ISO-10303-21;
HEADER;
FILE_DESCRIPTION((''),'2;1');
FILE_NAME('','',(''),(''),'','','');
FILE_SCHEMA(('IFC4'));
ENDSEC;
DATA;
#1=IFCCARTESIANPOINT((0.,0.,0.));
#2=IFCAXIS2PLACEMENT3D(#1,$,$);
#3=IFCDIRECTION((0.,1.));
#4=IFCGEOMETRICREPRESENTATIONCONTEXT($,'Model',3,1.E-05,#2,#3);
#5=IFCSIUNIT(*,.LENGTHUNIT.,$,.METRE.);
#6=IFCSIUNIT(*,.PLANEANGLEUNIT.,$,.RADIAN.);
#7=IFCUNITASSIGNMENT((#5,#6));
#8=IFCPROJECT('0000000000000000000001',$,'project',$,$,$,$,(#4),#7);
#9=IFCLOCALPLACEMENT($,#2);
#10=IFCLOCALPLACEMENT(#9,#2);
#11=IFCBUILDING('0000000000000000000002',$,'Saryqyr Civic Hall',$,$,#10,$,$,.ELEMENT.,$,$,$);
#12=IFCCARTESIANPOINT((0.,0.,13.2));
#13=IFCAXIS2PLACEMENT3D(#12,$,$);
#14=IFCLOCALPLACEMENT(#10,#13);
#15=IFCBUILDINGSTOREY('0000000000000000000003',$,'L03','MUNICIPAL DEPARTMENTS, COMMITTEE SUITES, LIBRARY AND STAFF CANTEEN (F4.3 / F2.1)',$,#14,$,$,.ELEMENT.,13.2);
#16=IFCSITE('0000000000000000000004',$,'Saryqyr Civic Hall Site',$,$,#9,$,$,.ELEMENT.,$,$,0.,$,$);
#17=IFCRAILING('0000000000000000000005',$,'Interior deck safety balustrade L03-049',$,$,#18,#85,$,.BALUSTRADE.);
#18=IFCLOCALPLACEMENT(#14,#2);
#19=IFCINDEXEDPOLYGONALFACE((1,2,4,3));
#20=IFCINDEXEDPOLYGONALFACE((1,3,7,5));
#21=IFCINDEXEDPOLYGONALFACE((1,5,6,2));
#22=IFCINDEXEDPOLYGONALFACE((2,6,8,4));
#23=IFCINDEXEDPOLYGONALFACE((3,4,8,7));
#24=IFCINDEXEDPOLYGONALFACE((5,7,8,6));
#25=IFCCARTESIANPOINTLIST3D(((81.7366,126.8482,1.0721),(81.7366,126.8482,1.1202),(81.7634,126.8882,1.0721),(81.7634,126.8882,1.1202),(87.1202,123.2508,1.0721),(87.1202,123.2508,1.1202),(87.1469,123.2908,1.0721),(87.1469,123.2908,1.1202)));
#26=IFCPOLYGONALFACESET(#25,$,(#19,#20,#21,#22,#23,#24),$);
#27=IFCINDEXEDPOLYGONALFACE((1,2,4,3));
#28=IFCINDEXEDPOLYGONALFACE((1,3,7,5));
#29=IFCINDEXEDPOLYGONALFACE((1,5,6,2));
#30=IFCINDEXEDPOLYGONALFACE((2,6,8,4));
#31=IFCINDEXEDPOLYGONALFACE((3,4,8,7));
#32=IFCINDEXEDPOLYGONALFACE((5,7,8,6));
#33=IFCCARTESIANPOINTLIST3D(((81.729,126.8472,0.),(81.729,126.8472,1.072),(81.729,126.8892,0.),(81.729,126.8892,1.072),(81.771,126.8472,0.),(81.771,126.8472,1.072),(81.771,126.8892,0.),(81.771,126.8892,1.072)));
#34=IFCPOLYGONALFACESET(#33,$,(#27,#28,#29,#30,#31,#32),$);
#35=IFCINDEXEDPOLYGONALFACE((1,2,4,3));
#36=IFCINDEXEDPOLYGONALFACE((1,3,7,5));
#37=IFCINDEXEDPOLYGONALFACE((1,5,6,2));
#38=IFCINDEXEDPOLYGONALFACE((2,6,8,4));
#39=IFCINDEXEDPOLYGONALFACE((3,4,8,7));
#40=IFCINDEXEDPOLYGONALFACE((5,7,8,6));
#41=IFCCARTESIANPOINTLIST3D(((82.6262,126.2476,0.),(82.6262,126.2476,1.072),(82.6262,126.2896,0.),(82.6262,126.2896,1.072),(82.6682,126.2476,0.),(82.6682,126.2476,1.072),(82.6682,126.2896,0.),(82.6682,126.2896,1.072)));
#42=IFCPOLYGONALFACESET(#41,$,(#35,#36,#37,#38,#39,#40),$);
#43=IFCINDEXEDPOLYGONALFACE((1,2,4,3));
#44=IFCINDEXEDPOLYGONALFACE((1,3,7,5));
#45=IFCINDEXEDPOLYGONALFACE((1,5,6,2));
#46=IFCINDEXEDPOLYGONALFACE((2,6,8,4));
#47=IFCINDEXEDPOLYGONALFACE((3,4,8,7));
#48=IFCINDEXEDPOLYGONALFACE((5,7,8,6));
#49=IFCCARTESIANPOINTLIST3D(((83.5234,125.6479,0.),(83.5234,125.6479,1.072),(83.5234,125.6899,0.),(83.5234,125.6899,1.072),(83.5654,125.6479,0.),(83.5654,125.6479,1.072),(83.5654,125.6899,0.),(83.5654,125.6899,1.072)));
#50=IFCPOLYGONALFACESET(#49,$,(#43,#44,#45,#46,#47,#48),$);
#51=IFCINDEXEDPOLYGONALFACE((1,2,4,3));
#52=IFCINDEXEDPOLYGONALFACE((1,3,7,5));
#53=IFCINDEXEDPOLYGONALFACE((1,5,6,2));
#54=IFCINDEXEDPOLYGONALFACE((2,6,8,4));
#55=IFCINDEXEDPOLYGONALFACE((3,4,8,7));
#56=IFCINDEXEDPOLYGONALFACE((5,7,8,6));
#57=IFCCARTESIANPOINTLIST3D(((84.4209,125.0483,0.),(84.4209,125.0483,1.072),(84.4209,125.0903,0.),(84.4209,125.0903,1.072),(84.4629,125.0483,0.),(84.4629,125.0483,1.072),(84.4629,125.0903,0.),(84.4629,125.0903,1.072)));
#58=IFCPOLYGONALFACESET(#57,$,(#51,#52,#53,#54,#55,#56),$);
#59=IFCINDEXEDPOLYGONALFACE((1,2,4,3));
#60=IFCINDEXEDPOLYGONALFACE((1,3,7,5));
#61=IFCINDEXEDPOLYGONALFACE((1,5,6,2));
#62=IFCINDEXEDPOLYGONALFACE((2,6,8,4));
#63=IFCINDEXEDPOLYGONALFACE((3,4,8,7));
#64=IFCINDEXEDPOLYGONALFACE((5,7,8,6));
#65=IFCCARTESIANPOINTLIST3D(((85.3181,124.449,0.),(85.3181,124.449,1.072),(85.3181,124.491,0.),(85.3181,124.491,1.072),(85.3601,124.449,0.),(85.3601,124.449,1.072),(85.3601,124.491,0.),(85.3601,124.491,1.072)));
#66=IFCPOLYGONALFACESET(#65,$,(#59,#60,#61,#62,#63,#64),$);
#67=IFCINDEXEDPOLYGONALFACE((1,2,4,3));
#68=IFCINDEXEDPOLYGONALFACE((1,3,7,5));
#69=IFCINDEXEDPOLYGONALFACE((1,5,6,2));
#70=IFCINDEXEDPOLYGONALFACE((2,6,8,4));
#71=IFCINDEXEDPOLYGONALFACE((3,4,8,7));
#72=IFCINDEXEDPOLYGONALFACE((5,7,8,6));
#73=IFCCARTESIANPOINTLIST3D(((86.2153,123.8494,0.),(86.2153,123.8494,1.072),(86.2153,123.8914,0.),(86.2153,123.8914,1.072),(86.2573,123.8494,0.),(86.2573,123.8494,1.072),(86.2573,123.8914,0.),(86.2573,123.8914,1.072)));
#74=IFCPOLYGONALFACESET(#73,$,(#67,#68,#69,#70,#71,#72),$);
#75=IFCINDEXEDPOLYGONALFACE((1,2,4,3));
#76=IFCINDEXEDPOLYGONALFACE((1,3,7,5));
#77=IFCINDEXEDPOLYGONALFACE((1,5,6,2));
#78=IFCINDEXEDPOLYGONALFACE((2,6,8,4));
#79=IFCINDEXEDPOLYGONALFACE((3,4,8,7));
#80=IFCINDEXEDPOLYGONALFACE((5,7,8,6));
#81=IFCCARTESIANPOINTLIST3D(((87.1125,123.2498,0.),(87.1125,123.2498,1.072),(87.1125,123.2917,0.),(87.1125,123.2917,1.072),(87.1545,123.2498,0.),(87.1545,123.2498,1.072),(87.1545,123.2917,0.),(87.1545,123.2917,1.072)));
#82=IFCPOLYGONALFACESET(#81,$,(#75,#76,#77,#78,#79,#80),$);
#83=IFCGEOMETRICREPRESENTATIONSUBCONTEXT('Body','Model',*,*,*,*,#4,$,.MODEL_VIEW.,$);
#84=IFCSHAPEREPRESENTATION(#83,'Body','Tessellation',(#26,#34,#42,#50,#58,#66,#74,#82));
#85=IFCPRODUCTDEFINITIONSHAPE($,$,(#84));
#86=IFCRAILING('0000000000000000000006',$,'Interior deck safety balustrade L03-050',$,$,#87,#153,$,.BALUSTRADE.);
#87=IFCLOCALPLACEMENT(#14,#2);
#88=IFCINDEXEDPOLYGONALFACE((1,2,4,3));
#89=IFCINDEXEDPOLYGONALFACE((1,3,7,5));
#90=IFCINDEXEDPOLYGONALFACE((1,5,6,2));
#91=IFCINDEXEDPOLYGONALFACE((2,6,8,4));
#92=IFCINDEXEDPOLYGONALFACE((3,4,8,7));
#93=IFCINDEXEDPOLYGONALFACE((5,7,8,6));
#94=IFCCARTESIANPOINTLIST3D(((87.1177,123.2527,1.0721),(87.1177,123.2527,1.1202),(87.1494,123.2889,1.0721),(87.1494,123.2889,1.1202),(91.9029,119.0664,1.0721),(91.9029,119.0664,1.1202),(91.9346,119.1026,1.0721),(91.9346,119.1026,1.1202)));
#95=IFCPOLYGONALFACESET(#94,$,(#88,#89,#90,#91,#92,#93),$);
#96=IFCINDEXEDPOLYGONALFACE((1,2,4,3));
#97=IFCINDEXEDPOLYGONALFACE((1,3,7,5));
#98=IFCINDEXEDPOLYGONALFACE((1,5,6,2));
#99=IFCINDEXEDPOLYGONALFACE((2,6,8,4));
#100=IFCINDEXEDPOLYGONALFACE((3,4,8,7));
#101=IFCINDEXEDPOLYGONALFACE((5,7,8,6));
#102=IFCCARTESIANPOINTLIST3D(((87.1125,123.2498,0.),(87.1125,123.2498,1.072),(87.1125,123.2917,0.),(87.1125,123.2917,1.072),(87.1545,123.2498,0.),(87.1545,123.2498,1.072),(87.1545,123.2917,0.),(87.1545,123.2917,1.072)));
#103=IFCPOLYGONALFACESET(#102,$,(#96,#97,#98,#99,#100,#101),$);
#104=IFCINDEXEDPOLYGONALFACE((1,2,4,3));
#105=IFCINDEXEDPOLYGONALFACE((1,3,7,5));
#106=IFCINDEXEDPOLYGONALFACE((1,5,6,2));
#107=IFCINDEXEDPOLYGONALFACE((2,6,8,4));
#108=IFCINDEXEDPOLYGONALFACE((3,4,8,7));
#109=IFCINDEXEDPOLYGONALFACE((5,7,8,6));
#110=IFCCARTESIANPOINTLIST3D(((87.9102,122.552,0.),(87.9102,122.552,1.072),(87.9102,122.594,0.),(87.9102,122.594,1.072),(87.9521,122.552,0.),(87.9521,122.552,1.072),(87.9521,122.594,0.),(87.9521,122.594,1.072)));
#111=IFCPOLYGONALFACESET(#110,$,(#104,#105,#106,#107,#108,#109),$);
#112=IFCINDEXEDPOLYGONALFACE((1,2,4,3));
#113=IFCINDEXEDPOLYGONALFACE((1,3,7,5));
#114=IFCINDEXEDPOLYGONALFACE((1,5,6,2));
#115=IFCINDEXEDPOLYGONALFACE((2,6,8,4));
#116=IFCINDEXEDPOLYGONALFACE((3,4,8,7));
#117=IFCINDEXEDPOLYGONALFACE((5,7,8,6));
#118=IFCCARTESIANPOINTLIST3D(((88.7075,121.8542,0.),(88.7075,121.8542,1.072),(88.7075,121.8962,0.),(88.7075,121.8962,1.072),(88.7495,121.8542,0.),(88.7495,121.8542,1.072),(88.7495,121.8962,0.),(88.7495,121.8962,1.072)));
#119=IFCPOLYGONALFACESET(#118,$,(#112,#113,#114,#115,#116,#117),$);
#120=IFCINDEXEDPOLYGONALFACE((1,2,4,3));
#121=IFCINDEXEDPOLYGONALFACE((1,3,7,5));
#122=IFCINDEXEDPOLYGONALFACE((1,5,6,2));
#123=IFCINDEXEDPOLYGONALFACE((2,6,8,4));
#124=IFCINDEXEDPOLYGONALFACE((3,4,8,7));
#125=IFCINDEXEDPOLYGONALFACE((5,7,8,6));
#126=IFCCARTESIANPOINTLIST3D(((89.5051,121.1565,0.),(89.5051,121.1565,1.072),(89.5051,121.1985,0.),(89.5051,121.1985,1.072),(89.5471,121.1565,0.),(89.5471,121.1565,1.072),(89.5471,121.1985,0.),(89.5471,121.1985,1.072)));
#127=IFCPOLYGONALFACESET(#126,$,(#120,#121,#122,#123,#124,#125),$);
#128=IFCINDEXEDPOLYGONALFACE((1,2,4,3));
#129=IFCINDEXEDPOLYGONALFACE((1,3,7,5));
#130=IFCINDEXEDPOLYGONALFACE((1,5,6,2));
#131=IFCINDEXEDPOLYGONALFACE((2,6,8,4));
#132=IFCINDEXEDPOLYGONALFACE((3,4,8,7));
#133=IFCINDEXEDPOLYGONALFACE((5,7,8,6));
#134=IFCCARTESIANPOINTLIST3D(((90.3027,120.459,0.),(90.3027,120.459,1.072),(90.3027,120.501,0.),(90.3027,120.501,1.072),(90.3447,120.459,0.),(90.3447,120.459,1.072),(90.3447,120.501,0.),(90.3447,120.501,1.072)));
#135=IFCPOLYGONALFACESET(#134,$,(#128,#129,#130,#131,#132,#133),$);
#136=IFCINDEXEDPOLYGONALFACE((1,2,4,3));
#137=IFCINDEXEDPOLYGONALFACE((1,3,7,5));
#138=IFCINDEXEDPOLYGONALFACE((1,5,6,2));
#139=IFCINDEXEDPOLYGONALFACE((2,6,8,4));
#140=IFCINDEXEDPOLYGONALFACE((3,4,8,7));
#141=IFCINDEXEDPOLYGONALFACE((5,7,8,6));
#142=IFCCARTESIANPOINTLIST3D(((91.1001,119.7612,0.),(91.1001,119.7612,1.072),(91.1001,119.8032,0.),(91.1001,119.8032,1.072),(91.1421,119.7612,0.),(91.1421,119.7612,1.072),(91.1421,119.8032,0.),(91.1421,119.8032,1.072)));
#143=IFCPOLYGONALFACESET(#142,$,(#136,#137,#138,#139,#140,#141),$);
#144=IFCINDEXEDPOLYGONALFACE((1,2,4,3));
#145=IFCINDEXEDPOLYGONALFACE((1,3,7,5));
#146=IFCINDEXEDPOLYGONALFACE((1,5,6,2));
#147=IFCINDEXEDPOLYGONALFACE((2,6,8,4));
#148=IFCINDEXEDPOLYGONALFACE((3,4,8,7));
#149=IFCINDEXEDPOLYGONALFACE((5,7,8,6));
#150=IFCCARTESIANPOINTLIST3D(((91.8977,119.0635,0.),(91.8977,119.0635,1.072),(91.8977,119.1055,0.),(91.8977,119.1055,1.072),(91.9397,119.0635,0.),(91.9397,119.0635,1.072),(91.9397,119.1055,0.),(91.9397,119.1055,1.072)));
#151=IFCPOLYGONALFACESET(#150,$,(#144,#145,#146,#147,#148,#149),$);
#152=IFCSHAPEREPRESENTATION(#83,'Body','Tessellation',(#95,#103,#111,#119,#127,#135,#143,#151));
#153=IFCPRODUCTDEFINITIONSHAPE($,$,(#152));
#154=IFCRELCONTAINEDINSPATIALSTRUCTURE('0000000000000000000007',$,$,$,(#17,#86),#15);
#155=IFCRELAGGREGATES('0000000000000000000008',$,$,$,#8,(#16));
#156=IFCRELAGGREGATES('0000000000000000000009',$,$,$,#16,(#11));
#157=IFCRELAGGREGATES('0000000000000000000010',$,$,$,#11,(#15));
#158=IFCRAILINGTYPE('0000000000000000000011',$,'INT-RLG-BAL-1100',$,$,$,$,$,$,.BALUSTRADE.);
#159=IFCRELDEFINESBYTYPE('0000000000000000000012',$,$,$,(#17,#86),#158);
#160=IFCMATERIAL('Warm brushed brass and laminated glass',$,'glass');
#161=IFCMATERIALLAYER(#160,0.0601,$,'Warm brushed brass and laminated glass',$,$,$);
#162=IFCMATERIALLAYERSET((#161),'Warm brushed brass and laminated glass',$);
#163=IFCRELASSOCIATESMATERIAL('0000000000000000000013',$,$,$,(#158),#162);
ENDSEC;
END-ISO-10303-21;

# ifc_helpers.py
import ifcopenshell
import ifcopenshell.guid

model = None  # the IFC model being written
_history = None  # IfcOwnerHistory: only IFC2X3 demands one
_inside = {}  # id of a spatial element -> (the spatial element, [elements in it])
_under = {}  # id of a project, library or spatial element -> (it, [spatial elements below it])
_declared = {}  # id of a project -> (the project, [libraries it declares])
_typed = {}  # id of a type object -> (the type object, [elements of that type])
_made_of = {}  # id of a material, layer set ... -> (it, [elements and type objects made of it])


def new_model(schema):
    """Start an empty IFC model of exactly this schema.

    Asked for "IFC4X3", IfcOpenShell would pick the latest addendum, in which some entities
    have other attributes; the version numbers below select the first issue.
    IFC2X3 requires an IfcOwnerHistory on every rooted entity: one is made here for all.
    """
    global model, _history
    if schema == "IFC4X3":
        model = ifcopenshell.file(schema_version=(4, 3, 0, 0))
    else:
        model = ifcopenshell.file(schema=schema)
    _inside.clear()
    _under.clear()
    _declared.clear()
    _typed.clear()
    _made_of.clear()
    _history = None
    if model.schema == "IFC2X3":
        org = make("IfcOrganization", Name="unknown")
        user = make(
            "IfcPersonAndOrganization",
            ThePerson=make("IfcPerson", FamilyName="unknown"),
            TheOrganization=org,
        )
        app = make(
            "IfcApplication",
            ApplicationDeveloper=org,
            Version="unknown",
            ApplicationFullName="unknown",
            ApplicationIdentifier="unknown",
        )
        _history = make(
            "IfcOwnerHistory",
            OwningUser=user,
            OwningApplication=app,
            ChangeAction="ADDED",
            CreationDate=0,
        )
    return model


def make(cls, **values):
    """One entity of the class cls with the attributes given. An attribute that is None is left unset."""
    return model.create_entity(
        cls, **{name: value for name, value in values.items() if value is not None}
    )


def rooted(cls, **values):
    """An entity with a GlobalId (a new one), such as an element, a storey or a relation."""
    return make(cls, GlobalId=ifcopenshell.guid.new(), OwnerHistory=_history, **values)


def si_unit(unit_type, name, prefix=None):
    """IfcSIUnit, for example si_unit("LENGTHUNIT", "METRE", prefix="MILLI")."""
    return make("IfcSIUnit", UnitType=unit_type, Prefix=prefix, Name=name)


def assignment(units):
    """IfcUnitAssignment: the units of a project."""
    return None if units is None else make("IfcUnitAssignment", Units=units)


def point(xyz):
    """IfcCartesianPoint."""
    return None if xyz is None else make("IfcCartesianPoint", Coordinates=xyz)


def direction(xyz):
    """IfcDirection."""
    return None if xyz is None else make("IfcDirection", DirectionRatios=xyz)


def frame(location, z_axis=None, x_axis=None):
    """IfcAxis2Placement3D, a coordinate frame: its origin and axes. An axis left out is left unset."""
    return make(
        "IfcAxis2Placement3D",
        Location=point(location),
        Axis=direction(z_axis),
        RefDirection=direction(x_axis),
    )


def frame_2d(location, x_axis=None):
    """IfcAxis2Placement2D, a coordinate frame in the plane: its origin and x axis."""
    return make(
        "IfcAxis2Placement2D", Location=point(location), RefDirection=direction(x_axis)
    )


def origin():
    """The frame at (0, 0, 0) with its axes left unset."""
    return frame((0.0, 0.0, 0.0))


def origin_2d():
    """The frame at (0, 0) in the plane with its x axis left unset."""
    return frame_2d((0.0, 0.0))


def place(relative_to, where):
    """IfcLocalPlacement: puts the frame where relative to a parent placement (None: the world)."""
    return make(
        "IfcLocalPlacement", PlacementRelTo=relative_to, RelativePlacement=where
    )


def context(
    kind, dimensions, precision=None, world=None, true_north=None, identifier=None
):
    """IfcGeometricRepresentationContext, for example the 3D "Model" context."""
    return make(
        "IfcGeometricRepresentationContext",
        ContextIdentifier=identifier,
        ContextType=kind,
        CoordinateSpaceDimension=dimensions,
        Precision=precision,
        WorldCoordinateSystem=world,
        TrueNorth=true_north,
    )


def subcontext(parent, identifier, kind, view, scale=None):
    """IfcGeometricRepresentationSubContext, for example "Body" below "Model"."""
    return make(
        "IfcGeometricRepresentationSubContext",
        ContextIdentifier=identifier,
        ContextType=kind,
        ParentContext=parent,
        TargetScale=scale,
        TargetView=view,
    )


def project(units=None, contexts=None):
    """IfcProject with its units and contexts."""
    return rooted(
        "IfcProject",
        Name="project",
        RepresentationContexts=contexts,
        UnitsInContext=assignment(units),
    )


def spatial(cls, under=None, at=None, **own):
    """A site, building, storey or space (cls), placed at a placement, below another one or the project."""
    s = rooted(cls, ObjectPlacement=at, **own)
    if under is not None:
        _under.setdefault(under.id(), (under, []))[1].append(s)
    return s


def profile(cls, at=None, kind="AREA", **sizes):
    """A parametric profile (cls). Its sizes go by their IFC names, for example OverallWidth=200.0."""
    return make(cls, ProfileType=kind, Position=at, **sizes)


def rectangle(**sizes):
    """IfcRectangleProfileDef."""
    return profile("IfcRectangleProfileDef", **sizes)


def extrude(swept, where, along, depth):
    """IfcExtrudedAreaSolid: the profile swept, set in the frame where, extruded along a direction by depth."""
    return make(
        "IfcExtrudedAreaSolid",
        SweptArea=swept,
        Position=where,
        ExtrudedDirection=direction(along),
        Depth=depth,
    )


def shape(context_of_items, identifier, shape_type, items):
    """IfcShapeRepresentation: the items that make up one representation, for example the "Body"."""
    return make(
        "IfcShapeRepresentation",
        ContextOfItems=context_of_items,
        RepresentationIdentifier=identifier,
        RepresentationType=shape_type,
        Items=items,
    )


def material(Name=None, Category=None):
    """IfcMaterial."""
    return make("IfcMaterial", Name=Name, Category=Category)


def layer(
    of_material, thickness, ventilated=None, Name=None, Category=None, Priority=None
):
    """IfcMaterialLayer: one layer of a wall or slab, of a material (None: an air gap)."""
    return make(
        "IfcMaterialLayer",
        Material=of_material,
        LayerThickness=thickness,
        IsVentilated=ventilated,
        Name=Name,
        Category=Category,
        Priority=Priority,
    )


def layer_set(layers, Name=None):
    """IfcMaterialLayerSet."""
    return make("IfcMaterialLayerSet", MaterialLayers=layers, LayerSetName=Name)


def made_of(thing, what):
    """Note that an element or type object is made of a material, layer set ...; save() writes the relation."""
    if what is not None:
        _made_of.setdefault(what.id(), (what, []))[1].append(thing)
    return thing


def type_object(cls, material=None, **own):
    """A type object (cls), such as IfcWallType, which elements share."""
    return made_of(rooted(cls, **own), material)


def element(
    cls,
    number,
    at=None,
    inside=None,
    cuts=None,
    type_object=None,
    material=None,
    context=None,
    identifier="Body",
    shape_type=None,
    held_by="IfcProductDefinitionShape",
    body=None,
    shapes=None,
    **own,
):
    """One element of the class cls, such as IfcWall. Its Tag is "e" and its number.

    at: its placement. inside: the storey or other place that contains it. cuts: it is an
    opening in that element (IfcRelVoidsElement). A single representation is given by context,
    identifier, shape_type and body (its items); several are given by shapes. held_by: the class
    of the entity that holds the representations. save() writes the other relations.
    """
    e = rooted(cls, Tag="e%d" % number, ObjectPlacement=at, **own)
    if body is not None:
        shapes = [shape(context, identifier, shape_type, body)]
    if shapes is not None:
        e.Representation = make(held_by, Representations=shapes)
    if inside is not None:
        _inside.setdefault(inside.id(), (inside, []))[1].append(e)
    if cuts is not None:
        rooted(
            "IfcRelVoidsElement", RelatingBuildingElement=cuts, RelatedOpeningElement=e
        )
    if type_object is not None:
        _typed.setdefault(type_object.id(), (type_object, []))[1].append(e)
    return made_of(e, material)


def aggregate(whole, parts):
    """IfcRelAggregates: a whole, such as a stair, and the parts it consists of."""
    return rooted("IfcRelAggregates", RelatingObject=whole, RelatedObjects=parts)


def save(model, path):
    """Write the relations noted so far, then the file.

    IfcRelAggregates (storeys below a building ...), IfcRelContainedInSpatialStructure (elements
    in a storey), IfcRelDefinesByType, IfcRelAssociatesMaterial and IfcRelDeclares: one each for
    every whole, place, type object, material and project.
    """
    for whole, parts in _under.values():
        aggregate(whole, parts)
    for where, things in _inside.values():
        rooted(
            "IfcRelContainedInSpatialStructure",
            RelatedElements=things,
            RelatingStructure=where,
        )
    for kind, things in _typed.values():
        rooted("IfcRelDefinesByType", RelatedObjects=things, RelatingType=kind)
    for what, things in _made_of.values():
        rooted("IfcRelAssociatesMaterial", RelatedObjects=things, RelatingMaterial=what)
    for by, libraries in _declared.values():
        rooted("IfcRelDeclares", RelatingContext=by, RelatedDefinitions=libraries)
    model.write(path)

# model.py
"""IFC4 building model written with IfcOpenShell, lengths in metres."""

from ifc_helpers import new_model, si_unit, direction, frame, origin, origin_2d, place, context, subcontext, project, spatial, rectangle, extrude, material, layer, layer_set, type_object, element, save


model = new_model("IFC4")

# Units and contexts
model_context = context("Model", 3, precision=1e-05, world=origin(), true_north=direction((0.0, 1.0)))
body_context = subcontext(model_context, "Body", "Model", "MODEL_VIEW")
ifc_project = project(units=[si_unit("LENGTHUNIT", "METRE"), si_unit("PLANEANGLEUNIT", "RADIAN")], contexts=[model_context])

# Site, building, storey
site_placement = place(None, origin())
site = spatial("IfcSite", under=ifc_project, at=site_placement, Name="Saryqyr Civic Hall Site", CompositionType="ELEMENT", RefElevation=0.0)
building_placement = place(site_placement, origin())
building = spatial("IfcBuilding", under=site, at=building_placement, Name="Saryqyr Civic Hall", CompositionType="ELEMENT")
storey_placement = place(building_placement, frame((0.0, 0.0, 13.2)))
storey = spatial("IfcBuildingStorey", under=building, at=storey_placement, Name="L03", Description="MUNICIPAL DEPARTMENTS, COMMITTEE SUITES, LIBRARY AND STAFF CANTEEN (F4.3 / F2.1)", CompositionType="ELEMENT", Elevation=13.2)

# Railings
ifc_material_1 = material(Name="Warm brushed brass and laminated glass", Category="glass")
ifc_layer_1 = layer(ifc_material_1, 0.0601, Name="Warm brushed brass and laminated glass")
ifc_layer_set_1 = layer_set([ifc_layer_1], Name="Warm brushed brass and laminated glass")
railing_type = type_object("IfcRailingType", Name="INT-RLG-BAL-1100", PredefinedType="BALUSTRADE", material=ifc_layer_set_1)
railing_1_placement = place(storey_placement, frame((81.75, 126.8682, 0.0)))
element("IfcRailing", 1, at=railing_1_placement, inside=storey, type_object=railing_type, Name="Interior deck safety balustrade L03-049", PredefinedType="BALUSTRADE", context=body_context, shape_type="SweptSolid", body=[
    extrude(rectangle(XDim=0.0481, YDim=0.0481, at=origin_2d()), frame((0.0, 0.0, 1.0962), z_axis=(0.831452, -0.555596, 0.0), x_axis=(0.555596, 0.831452, 0.0)), (0.0, 0.0, 1.0), 6.4749),
    extrude(rectangle(XDim=0.042, YDim=0.042, at=origin_2d()), origin(), (0.0, 0.0, 1.0), 1.072),
    extrude(rectangle(XDim=0.042, YDim=0.042, at=origin_2d()), frame((0.8972, -0.5996, 0.0)), (0.0, 0.0, 1.0), 1.072),
    extrude(rectangle(XDim=0.042, YDim=0.042, at=origin_2d()), frame((1.7944, -1.1992, 0.0)), (0.0, 0.0, 1.0), 1.072),
    extrude(rectangle(XDim=0.042, YDim=0.042, at=origin_2d()), frame((2.6919, -1.7988, 0.0)), (0.0, 0.0, 1.0), 1.072),
    extrude(rectangle(XDim=0.042, YDim=0.042, at=origin_2d()), frame((3.5891, -2.3982, 0.0)), (0.0, 0.0, 1.0), 1.072),
    extrude(rectangle(XDim=0.042, YDim=0.042, at=origin_2d()), frame((4.4863, -2.9978, 0.0)), (0.0, 0.0, 1.0), 1.072),
    extrude(rectangle(XDim=0.042, YDim=0.042, at=origin_2d()), frame((5.3835, -3.5974, 0.0)), (0.0, 0.0, 1.0), 1.072),
])
railing_2_placement = place(storey_placement, frame((87.1335, 123.2708, 0.0)))
element("IfcRailing", 2, at=railing_2_placement, inside=storey, type_object=railing_type, Name="Interior deck safety balustrade L03-050", PredefinedType="BALUSTRADE", context=body_context, shape_type="SweptSolid", body=[
    extrude(rectangle(XDim=0.0481, YDim=0.0481, at=origin_2d()), frame((0.0, 0.0, 1.0962), z_axis=(0.752634, -0.658439, 0.0), x_axis=(0.658439, 0.752634, 0.0)), (0.0, 0.0, 1.0), 6.3579),
    extrude(rectangle(XDim=0.042, YDim=0.042, at=origin_2d()), origin(), (0.0, 0.0, 1.0), 1.072),
    extrude(rectangle(XDim=0.042, YDim=0.042, at=origin_2d()), frame((0.7976, -0.6978, 0.0)), (0.0, 0.0, 1.0), 1.072),
    extrude(rectangle(XDim=0.042, YDim=0.042, at=origin_2d()), frame((1.595, -1.3955, 0.0)), (0.0, 0.0, 1.0), 1.072),
    extrude(rectangle(XDim=0.042, YDim=0.042, at=origin_2d()), frame((2.3926, -2.0933, 0.0)), (0.0, 0.0, 1.0), 1.072),
    extrude(rectangle(XDim=0.042, YDim=0.042, at=origin_2d()), frame((3.1902, -2.7908, 0.0)), (0.0, 0.0, 1.0), 1.072),
    extrude(rectangle(XDim=0.042, YDim=0.042, at=origin_2d()), frame((3.9875, -3.4885, 0.0)), (0.0, 0.0, 1.0), 1.072),
    extrude(rectangle(XDim=0.042, YDim=0.042, at=origin_2d()), frame((4.7852, -4.1863, 0.0)), (0.0, 0.0, 1.0), 1.072),
])

save(model, "model.ifc")
